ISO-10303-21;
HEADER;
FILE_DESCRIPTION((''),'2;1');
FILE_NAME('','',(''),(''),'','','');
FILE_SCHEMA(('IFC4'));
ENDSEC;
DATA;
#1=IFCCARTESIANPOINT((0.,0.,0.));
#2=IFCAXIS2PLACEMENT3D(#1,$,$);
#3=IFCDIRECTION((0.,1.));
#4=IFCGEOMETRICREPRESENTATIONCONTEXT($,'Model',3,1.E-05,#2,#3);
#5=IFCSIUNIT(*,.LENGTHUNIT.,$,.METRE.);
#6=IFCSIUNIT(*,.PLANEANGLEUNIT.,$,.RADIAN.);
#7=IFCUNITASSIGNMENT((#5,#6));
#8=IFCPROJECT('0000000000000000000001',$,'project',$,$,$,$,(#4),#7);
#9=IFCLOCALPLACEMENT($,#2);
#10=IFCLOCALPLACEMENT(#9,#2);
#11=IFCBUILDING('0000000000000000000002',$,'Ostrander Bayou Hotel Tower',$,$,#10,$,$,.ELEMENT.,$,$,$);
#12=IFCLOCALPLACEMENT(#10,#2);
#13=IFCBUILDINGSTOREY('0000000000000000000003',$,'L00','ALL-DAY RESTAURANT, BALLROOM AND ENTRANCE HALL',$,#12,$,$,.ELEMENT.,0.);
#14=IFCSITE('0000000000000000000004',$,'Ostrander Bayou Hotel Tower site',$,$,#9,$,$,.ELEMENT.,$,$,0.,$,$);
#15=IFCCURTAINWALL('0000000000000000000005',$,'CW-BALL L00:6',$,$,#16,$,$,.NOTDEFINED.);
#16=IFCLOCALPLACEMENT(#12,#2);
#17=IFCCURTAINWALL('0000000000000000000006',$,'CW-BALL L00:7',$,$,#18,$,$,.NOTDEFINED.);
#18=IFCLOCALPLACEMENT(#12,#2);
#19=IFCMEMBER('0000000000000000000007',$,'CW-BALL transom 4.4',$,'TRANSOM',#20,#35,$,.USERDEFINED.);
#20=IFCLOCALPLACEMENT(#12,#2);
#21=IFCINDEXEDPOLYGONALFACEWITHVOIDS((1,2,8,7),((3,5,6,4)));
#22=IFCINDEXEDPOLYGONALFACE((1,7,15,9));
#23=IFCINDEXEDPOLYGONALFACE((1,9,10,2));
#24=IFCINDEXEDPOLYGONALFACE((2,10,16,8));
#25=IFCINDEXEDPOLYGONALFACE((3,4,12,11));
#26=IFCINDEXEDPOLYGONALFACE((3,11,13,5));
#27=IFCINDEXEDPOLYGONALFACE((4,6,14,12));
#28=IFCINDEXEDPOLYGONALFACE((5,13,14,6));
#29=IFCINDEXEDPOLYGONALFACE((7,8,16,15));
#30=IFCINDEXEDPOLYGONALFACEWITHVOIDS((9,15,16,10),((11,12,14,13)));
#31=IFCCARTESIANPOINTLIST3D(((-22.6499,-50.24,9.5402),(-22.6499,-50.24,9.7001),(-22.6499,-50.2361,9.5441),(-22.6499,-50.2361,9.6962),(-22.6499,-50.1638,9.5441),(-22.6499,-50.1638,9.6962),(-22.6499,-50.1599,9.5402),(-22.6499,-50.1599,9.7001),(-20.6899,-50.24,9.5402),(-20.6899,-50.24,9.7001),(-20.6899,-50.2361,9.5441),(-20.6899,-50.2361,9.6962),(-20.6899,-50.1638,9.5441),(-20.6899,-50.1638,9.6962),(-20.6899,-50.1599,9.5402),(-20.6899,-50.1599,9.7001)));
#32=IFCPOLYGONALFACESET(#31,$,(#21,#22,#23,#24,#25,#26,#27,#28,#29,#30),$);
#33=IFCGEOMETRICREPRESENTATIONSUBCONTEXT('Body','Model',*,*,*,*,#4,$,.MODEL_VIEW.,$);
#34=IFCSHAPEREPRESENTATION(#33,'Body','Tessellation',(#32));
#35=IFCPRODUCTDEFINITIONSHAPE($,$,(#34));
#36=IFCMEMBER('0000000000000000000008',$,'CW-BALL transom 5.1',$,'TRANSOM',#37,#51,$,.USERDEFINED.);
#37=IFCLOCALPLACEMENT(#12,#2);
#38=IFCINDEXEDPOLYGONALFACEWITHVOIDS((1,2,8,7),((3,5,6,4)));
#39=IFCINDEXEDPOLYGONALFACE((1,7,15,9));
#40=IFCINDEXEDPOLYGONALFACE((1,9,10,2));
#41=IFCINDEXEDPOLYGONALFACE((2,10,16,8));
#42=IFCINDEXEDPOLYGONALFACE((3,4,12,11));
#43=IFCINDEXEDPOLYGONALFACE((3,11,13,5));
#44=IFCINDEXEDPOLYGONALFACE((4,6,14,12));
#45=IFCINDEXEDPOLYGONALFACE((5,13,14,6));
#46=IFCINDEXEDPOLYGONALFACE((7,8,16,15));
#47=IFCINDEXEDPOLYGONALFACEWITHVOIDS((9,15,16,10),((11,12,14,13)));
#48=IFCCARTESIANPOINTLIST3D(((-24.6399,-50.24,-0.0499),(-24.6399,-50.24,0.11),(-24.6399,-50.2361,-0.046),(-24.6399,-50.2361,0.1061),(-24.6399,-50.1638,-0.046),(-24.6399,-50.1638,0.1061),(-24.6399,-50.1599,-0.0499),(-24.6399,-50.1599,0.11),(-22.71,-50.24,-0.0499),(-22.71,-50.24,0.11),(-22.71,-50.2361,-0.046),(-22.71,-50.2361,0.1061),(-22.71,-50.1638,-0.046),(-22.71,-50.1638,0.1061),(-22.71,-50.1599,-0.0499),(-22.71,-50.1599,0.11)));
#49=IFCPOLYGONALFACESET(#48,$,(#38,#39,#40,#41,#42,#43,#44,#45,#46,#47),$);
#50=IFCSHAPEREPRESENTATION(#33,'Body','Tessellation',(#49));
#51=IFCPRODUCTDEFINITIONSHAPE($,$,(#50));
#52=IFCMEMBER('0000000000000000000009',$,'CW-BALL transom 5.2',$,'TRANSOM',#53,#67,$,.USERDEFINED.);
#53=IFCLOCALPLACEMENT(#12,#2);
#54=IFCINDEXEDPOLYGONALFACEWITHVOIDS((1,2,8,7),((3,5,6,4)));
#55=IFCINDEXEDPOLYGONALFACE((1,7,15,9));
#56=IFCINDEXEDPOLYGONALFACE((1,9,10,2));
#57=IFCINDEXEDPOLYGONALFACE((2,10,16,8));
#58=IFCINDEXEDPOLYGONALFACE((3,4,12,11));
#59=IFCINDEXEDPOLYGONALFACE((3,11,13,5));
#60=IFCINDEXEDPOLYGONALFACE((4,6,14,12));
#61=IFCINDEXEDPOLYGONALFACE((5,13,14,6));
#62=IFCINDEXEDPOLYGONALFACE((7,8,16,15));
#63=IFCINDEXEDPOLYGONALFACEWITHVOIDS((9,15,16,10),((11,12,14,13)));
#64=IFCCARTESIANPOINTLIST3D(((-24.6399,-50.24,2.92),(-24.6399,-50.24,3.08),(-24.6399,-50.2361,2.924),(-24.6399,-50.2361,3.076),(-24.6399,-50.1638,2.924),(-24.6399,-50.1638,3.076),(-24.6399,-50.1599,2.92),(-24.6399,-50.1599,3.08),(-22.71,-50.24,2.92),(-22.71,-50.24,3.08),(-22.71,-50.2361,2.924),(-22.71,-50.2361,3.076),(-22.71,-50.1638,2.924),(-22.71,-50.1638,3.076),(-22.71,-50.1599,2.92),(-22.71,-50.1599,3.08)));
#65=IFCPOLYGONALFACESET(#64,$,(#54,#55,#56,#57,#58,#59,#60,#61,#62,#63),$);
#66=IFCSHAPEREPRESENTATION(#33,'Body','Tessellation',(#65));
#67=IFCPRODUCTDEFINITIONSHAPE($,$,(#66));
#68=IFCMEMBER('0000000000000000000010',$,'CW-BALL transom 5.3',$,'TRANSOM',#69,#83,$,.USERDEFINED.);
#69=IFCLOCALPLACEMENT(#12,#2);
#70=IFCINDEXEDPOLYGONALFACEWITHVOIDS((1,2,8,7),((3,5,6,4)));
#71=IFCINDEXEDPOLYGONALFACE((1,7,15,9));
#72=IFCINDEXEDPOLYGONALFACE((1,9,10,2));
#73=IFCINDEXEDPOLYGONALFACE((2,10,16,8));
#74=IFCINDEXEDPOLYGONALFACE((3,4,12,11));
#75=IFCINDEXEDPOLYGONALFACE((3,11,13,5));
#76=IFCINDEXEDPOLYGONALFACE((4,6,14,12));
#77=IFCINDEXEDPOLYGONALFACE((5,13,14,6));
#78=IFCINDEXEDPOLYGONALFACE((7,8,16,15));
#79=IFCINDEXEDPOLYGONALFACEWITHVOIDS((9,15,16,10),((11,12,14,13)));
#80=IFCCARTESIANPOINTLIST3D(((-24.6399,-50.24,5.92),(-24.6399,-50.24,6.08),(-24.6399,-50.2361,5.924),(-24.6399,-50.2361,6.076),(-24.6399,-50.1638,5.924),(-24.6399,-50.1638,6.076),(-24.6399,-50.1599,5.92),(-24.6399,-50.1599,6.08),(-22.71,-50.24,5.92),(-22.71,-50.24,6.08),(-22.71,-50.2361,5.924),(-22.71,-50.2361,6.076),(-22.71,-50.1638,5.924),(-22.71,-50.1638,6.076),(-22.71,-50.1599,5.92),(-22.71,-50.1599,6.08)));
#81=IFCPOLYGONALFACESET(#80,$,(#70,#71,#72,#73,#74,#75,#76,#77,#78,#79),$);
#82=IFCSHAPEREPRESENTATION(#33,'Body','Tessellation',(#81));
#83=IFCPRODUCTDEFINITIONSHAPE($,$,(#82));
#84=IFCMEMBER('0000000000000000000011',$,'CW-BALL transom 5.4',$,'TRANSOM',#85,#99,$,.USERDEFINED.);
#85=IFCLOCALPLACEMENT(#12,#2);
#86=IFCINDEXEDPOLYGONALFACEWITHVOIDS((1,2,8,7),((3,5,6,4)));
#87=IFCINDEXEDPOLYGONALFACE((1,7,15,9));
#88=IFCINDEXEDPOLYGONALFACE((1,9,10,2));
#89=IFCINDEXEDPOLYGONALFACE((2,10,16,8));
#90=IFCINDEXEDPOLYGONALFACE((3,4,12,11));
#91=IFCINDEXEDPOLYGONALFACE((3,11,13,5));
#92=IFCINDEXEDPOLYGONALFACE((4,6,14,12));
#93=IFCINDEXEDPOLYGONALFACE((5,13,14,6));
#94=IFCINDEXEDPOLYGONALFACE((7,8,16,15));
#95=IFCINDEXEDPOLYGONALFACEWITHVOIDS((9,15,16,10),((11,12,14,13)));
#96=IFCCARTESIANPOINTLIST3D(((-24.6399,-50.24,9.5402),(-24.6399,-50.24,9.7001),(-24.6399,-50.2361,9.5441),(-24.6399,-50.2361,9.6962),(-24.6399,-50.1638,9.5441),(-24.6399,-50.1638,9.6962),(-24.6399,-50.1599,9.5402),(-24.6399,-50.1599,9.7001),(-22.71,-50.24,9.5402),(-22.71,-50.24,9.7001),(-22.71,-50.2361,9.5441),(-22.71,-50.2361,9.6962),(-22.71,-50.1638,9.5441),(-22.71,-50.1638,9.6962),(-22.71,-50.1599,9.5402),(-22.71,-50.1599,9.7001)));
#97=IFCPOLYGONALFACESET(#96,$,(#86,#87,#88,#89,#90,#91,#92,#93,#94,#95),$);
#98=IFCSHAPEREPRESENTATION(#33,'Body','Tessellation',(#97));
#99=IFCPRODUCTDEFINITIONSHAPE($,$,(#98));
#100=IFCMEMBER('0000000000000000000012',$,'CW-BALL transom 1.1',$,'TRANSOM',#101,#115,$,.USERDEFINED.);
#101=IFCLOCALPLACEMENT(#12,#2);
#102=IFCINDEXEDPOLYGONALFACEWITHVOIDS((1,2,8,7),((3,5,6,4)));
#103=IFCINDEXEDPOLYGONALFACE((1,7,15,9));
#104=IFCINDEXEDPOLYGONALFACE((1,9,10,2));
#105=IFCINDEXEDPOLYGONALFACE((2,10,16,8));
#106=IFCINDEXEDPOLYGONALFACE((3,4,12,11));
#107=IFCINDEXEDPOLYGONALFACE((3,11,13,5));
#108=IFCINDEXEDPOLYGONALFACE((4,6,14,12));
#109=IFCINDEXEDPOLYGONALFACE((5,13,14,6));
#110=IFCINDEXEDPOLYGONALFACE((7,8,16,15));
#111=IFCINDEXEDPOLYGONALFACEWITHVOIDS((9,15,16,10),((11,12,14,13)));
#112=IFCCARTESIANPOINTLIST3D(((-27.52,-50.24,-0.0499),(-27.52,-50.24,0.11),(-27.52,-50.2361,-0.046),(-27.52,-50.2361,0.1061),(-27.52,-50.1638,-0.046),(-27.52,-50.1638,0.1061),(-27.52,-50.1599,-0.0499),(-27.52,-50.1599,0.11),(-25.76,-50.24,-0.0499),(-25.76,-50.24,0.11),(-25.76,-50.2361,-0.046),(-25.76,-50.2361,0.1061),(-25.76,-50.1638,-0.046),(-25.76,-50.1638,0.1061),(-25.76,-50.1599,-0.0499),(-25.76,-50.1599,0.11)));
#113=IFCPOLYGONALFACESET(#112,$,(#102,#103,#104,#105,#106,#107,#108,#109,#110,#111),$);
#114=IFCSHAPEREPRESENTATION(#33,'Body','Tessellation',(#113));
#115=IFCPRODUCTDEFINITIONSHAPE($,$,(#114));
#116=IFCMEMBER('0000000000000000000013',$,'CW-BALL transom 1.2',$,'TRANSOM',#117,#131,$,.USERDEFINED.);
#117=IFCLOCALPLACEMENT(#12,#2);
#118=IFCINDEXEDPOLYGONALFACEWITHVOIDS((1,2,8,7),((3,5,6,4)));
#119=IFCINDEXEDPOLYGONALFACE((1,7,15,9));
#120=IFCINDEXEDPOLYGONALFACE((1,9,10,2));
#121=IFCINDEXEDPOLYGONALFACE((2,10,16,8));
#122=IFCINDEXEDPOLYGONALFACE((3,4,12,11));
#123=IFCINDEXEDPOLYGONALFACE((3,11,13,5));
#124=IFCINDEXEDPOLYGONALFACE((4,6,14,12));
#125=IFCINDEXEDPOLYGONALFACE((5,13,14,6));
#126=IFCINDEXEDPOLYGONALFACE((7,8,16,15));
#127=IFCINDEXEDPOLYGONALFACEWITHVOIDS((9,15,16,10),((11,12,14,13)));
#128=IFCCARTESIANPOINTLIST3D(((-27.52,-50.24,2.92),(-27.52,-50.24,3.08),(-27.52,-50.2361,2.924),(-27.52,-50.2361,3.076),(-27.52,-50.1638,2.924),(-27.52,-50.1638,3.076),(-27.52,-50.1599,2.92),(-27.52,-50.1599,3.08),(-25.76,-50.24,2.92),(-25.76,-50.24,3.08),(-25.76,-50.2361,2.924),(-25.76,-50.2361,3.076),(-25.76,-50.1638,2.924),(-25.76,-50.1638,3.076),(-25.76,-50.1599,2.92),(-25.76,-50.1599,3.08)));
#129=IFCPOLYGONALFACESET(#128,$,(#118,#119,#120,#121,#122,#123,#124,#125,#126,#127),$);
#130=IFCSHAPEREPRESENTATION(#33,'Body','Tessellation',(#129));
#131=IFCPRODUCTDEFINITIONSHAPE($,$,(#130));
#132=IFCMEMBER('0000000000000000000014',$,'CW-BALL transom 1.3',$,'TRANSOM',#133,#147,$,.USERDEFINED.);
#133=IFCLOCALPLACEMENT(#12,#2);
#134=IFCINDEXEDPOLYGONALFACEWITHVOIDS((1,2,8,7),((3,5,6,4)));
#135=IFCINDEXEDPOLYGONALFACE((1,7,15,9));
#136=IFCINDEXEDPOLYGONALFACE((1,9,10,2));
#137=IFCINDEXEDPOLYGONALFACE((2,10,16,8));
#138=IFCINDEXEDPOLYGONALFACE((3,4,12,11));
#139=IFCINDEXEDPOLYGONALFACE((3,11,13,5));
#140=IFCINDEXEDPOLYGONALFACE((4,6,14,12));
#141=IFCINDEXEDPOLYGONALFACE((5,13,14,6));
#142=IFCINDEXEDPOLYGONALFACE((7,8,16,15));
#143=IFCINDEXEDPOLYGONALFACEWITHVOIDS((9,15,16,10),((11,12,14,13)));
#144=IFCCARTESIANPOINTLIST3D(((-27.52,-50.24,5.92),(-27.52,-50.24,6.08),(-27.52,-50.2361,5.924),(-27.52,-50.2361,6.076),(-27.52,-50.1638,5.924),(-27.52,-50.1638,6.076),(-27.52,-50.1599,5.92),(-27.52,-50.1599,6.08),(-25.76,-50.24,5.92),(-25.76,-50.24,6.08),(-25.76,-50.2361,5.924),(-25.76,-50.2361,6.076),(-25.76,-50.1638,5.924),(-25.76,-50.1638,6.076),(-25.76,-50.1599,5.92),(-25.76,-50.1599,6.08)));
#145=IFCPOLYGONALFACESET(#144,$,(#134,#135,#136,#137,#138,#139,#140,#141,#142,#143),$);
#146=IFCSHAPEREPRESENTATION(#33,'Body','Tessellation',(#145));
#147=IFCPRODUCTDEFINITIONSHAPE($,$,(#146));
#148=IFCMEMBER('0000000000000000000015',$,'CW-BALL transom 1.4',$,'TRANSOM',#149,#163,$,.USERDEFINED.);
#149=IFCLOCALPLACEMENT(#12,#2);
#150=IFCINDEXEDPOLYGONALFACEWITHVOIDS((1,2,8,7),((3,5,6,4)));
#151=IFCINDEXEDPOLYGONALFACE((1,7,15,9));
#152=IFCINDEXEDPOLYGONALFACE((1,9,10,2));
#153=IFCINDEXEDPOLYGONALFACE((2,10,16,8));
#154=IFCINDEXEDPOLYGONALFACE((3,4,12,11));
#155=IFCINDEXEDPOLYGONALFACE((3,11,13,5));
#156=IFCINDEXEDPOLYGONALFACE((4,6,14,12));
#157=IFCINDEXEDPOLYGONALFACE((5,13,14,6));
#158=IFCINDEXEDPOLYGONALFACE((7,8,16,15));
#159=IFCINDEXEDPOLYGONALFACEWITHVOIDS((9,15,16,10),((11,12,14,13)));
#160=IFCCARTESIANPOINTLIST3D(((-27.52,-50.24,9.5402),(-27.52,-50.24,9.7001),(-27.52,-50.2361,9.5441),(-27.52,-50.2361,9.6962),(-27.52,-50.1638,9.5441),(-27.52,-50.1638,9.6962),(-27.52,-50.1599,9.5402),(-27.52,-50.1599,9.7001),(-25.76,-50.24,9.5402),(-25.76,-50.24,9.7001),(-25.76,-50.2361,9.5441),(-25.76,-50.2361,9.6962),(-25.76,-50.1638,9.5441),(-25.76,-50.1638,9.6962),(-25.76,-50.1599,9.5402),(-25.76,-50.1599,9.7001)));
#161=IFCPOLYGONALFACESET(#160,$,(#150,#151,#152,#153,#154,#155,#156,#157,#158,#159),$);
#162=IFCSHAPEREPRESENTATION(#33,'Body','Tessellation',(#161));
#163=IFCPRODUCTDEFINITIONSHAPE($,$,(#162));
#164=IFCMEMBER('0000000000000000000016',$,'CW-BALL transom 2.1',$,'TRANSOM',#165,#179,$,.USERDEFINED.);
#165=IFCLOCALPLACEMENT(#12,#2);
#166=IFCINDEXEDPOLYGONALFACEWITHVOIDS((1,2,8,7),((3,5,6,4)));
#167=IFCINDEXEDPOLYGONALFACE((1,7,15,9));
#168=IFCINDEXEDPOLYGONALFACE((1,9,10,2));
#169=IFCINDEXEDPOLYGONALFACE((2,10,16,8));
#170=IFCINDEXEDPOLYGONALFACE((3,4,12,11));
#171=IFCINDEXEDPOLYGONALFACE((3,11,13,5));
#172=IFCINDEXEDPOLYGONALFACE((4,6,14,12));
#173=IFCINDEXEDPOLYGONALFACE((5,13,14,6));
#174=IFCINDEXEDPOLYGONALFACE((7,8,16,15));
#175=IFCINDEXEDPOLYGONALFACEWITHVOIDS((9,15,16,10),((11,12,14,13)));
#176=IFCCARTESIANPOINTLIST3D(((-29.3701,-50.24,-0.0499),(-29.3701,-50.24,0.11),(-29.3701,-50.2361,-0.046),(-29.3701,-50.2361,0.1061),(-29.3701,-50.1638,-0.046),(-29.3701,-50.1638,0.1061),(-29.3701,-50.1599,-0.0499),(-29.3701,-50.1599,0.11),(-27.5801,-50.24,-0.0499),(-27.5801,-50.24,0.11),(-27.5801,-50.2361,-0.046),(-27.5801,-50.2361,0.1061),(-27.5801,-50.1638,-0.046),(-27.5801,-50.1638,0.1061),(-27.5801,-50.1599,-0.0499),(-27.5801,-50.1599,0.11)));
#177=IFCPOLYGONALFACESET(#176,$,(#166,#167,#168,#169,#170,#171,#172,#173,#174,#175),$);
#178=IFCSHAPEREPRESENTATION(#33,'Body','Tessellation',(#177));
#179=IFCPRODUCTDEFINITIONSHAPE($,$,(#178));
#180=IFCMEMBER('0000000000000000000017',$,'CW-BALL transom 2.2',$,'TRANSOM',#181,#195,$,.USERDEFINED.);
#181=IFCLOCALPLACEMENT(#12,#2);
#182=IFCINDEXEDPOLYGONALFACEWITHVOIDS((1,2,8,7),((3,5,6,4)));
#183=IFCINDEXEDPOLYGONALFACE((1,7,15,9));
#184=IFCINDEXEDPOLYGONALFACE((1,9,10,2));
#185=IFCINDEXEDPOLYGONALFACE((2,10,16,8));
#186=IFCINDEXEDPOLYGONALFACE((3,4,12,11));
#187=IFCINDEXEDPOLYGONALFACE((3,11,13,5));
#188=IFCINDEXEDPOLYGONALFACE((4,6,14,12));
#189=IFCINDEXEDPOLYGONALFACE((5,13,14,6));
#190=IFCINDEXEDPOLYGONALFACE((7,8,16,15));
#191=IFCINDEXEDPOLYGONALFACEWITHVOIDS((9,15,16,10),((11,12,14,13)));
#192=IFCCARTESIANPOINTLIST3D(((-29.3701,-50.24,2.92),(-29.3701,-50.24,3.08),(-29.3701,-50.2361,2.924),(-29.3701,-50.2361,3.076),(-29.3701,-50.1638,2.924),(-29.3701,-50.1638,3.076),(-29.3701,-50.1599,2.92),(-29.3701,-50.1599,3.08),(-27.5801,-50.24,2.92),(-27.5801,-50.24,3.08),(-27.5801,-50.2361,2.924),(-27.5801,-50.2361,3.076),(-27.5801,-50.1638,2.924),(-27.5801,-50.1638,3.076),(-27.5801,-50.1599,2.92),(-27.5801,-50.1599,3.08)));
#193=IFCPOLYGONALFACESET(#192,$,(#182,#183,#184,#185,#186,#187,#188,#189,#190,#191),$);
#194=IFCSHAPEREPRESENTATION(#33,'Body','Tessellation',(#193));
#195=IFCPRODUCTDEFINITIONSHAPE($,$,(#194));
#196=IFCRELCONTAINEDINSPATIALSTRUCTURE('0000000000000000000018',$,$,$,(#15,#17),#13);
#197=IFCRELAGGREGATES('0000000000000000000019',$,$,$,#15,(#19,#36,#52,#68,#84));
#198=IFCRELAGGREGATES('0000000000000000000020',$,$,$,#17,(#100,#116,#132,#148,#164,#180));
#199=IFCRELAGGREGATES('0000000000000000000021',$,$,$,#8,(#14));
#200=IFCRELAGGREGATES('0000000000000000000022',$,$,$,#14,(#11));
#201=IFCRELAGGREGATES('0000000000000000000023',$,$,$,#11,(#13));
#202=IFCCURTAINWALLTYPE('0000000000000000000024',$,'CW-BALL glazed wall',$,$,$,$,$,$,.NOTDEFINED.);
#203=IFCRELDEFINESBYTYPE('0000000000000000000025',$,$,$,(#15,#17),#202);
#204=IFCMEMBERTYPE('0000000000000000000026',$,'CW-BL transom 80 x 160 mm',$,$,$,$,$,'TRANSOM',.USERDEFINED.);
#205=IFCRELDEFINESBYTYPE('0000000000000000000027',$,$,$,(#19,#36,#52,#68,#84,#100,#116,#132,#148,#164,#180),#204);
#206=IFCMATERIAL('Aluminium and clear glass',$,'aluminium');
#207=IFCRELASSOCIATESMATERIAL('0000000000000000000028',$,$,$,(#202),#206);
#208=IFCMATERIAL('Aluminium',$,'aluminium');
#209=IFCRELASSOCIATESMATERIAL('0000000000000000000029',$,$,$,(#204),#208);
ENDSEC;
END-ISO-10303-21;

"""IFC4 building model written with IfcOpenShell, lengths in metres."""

from ifc_helpers import new_model, si_unit, direction, frame, origin, origin_2d, place, context, subcontext, project, spatial, hollow_rectangle, extrude, material, material_profile, profile_set, type_object, element, aggregate, save


model = new_model("IFC4")

# Units and contexts
model_context = context("Model", 3, precision=1e-05, world=origin(), true_north=direction((0.0, 1.0)))
body_context = subcontext(model_context, "Body", "Model", "MODEL_VIEW")
ifc_project = project(units=[si_unit("LENGTHUNIT", "METRE"), si_unit("PLANEANGLEUNIT", "RADIAN")], contexts=[model_context])

# Site, building, storey
site_placement = place(None, origin())
site = spatial("IfcSite", under=ifc_project, at=site_placement, Name="Ostrander Bayou Hotel Tower site", CompositionType="ELEMENT", RefElevation=0.0)
building_placement = place(site_placement, origin())
building = spatial("IfcBuilding", under=site, at=building_placement, Name="Ostrander Bayou Hotel Tower", CompositionType="ELEMENT")
storey_placement = place(building_placement, origin())
storey = spatial("IfcBuildingStorey", under=building, at=storey_placement, Name="L00", Description="ALL-DAY RESTAURANT, BALLROOM AND ENTRANCE HALL", CompositionType="ELEMENT", Elevation=0.0)

# Curtain walls
ifc_material_1 = material(Name="Aluminium and clear glass", Category="aluminium")
curtain_wall_type = type_object("IfcCurtainWallType", Name="CW-BALL glazed wall", PredefinedType="NOTDEFINED", material=ifc_material_1)
curtain_wall_1_placement = place(storey_placement, origin())
curtain_wall_1 = element("IfcCurtainWall", 1, at=curtain_wall_1_placement, inside=storey, type_object=curtain_wall_type, Name="CW-BALL L00:6", PredefinedType="NOTDEFINED")
curtain_wall_2_placement = place(storey_placement, origin())
curtain_wall_2 = element("IfcCurtainWall", 2, at=curtain_wall_2_placement, inside=storey, type_object=curtain_wall_type, Name="CW-BALL L00:7", PredefinedType="NOTDEFINED")

# Members
ifc_material_2 = material(Name="Aluminium", Category="aluminium")
ifc_material_profile_1 = material_profile(ifc_material_2, hollow_rectangle(XDim=0.0801, YDim=0.1599, WallThickness=0.0039, at=origin_2d()))
ifc_profile_set_1 = profile_set([ifc_material_profile_1], Name="Aluminium")
member_type_1 = type_object("IfcMemberType", Name="CW-BL transom 80 x 160 mm", ElementType="TRANSOM", PredefinedType="USERDEFINED", material=ifc_profile_set_1)
member_1_placement = place(storey_placement, frame((-20.6899, -50.2, 9.6201), z_axis=(-1.0, 0.0, 0.0), x_axis=(0.0, -1.0, 0.0)))
member_1 = element("IfcMember", 3, at=member_1_placement, type_object=member_type_1, Name="CW-BALL transom 4.4", ObjectType="TRANSOM", PredefinedType="USERDEFINED", context=body_context, shape_type="SweptSolid", body=[
    extrude(hollow_rectangle(XDim=0.0801, YDim=0.1599, WallThickness=0.0039, at=origin_2d()), origin(), (0.0, 0.0, 1.0), 1.96),
])
member_2_placement = place(storey_placement, frame((-22.71, -50.2, 0.03), z_axis=(-1.0, 0.0, 0.0), x_axis=(0.0, -1.0, 0.0)))
member_2 = element("IfcMember", 4, at=member_2_placement, type_object=member_type_1, Name="CW-BALL transom 5.1", ObjectType="TRANSOM", PredefinedType="USERDEFINED", context=body_context, shape_type="SweptSolid", body=[
    extrude(hollow_rectangle(XDim=0.0801, YDim=0.1599, WallThickness=0.0039, at=origin_2d()), origin(), (0.0, 0.0, 1.0), 1.9299),
])
member_3_placement = place(storey_placement, frame((-22.71, -50.2, 3.0), z_axis=(-1.0, 0.0, 0.0), x_axis=(0.0, -1.0, 0.0)))
member_3 = element("IfcMember", 5, at=member_3_placement, type_object=member_type_1, Name="CW-BALL transom 5.2", ObjectType="TRANSOM", PredefinedType="USERDEFINED", context=body_context, shape_type="SweptSolid", body=[
    extrude(hollow_rectangle(XDim=0.0801, YDim=0.1599, WallThickness=0.0039, at=origin_2d()), origin(), (0.0, 0.0, 1.0), 1.9299),
])
member_4_placement = place(storey_placement, frame((-22.71, -50.2, 6.0), z_axis=(-1.0, 0.0, 0.0), x_axis=(0.0, -1.0, 0.0)))
member_4 = element("IfcMember", 6, at=member_4_placement, type_object=member_type_1, Name="CW-BALL transom 5.3", ObjectType="TRANSOM", PredefinedType="USERDEFINED", context=body_context, shape_type="SweptSolid", body=[
    extrude(hollow_rectangle(XDim=0.0801, YDim=0.1599, WallThickness=0.0039, at=origin_2d()), origin(), (0.0, 0.0, 1.0), 1.9299),
])
member_5_placement = place(storey_placement, frame((-22.71, -50.2, 9.6201), z_axis=(-1.0, 0.0, 0.0), x_axis=(0.0, -1.0, 0.0)))
member_5 = element("IfcMember", 7, at=member_5_placement, type_object=member_type_1, Name="CW-BALL transom 5.4", ObjectType="TRANSOM", PredefinedType="USERDEFINED", context=body_context, shape_type="SweptSolid", body=[
    extrude(hollow_rectangle(XDim=0.0801, YDim=0.1599, WallThickness=0.0039, at=origin_2d()), origin(), (0.0, 0.0, 1.0), 1.9299),
])
member_6_placement = place(storey_placement, frame((-25.76, -50.2, 0.03), z_axis=(-1.0, 0.0, 0.0), x_axis=(0.0, -1.0, 0.0)))
member_6 = element("IfcMember", 8, at=member_6_placement, type_object=member_type_1, Name="CW-BALL transom 1.1", ObjectType="TRANSOM", PredefinedType="USERDEFINED", context=body_context, shape_type="SweptSolid", body=[
    extrude(hollow_rectangle(XDim=0.0801, YDim=0.1599, WallThickness=0.0039, at=origin_2d()), origin(), (0.0, 0.0, 1.0), 1.76),
])
member_7_placement = place(storey_placement, frame((-25.76, -50.2, 3.0), z_axis=(-1.0, 0.0, 0.0), x_axis=(0.0, -1.0, 0.0)))
member_7 = element("IfcMember", 9, at=member_7_placement, type_object=member_type_1, Name="CW-BALL transom 1.2", ObjectType="TRANSOM", PredefinedType="USERDEFINED", context=body_context, shape_type="SweptSolid", body=[
    extrude(hollow_rectangle(XDim=0.0801, YDim=0.1599, WallThickness=0.0039, at=origin_2d()), origin(), (0.0, 0.0, 1.0), 1.76),
])
member_8_placement = place(storey_placement, frame((-25.76, -50.2, 6.0), z_axis=(-1.0, 0.0, 0.0), x_axis=(0.0, -1.0, 0.0)))
member_8 = element("IfcMember", 10, at=member_8_placement, type_object=member_type_1, Name="CW-BALL transom 1.3", ObjectType="TRANSOM", PredefinedType="USERDEFINED", context=body_context, shape_type="SweptSolid", body=[
    extrude(hollow_rectangle(XDim=0.0801, YDim=0.1599, WallThickness=0.0039, at=origin_2d()), origin(), (0.0, 0.0, 1.0), 1.76),
])
member_9_placement = place(storey_placement, frame((-25.76, -50.2, 9.6201), z_axis=(-1.0, 0.0, 0.0), x_axis=(0.0, -1.0, 0.0)))
member_9 = element("IfcMember", 11, at=member_9_placement, type_object=member_type_1, Name="CW-BALL transom 1.4", ObjectType="TRANSOM", PredefinedType="USERDEFINED", context=body_context, shape_type="SweptSolid", body=[
    extrude(hollow_rectangle(XDim=0.0801, YDim=0.1599, WallThickness=0.0039, at=origin_2d()), origin(), (0.0, 0.0, 1.0), 1.76),
])
member_10_placement = place(storey_placement, frame((-27.5801, -50.2, 0.03), z_axis=(-1.0, 0.0, 0.0), x_axis=(0.0, -1.0, 0.0)))
member_10 = element("IfcMember", 12, at=member_10_placement, type_object=member_type_1, Name="CW-BALL transom 2.1", ObjectType="TRANSOM", PredefinedType="USERDEFINED", context=body_context, shape_type="SweptSolid", body=[
    extrude(hollow_rectangle(XDim=0.0801, YDim=0.1599, WallThickness=0.0039, at=origin_2d()), origin(), (0.0, 0.0, 1.0), 1.79),
])
member_11_placement = place(storey_placement, frame((-27.5801, -50.2, 3.0), z_axis=(-1.0, 0.0, 0.0), x_axis=(0.0, -1.0, 0.0)))
member_11 = element("IfcMember", 13, at=member_11_placement, type_object=member_type_1, Name="CW-BALL transom 2.2", ObjectType="TRANSOM", PredefinedType="USERDEFINED", context=body_context, shape_type="SweptSolid", body=[
    extrude(hollow_rectangle(XDim=0.0801, YDim=0.1599, WallThickness=0.0039, at=origin_2d()), origin(), (0.0, 0.0, 1.0), 1.79),
])

aggregate(curtain_wall_1, [member_1, member_2, member_3, member_4, member_5])
aggregate(curtain_wall_2, [member_6, member_7, member_8, member_9, member_10, member_11])

save(model, "model.ifc")
